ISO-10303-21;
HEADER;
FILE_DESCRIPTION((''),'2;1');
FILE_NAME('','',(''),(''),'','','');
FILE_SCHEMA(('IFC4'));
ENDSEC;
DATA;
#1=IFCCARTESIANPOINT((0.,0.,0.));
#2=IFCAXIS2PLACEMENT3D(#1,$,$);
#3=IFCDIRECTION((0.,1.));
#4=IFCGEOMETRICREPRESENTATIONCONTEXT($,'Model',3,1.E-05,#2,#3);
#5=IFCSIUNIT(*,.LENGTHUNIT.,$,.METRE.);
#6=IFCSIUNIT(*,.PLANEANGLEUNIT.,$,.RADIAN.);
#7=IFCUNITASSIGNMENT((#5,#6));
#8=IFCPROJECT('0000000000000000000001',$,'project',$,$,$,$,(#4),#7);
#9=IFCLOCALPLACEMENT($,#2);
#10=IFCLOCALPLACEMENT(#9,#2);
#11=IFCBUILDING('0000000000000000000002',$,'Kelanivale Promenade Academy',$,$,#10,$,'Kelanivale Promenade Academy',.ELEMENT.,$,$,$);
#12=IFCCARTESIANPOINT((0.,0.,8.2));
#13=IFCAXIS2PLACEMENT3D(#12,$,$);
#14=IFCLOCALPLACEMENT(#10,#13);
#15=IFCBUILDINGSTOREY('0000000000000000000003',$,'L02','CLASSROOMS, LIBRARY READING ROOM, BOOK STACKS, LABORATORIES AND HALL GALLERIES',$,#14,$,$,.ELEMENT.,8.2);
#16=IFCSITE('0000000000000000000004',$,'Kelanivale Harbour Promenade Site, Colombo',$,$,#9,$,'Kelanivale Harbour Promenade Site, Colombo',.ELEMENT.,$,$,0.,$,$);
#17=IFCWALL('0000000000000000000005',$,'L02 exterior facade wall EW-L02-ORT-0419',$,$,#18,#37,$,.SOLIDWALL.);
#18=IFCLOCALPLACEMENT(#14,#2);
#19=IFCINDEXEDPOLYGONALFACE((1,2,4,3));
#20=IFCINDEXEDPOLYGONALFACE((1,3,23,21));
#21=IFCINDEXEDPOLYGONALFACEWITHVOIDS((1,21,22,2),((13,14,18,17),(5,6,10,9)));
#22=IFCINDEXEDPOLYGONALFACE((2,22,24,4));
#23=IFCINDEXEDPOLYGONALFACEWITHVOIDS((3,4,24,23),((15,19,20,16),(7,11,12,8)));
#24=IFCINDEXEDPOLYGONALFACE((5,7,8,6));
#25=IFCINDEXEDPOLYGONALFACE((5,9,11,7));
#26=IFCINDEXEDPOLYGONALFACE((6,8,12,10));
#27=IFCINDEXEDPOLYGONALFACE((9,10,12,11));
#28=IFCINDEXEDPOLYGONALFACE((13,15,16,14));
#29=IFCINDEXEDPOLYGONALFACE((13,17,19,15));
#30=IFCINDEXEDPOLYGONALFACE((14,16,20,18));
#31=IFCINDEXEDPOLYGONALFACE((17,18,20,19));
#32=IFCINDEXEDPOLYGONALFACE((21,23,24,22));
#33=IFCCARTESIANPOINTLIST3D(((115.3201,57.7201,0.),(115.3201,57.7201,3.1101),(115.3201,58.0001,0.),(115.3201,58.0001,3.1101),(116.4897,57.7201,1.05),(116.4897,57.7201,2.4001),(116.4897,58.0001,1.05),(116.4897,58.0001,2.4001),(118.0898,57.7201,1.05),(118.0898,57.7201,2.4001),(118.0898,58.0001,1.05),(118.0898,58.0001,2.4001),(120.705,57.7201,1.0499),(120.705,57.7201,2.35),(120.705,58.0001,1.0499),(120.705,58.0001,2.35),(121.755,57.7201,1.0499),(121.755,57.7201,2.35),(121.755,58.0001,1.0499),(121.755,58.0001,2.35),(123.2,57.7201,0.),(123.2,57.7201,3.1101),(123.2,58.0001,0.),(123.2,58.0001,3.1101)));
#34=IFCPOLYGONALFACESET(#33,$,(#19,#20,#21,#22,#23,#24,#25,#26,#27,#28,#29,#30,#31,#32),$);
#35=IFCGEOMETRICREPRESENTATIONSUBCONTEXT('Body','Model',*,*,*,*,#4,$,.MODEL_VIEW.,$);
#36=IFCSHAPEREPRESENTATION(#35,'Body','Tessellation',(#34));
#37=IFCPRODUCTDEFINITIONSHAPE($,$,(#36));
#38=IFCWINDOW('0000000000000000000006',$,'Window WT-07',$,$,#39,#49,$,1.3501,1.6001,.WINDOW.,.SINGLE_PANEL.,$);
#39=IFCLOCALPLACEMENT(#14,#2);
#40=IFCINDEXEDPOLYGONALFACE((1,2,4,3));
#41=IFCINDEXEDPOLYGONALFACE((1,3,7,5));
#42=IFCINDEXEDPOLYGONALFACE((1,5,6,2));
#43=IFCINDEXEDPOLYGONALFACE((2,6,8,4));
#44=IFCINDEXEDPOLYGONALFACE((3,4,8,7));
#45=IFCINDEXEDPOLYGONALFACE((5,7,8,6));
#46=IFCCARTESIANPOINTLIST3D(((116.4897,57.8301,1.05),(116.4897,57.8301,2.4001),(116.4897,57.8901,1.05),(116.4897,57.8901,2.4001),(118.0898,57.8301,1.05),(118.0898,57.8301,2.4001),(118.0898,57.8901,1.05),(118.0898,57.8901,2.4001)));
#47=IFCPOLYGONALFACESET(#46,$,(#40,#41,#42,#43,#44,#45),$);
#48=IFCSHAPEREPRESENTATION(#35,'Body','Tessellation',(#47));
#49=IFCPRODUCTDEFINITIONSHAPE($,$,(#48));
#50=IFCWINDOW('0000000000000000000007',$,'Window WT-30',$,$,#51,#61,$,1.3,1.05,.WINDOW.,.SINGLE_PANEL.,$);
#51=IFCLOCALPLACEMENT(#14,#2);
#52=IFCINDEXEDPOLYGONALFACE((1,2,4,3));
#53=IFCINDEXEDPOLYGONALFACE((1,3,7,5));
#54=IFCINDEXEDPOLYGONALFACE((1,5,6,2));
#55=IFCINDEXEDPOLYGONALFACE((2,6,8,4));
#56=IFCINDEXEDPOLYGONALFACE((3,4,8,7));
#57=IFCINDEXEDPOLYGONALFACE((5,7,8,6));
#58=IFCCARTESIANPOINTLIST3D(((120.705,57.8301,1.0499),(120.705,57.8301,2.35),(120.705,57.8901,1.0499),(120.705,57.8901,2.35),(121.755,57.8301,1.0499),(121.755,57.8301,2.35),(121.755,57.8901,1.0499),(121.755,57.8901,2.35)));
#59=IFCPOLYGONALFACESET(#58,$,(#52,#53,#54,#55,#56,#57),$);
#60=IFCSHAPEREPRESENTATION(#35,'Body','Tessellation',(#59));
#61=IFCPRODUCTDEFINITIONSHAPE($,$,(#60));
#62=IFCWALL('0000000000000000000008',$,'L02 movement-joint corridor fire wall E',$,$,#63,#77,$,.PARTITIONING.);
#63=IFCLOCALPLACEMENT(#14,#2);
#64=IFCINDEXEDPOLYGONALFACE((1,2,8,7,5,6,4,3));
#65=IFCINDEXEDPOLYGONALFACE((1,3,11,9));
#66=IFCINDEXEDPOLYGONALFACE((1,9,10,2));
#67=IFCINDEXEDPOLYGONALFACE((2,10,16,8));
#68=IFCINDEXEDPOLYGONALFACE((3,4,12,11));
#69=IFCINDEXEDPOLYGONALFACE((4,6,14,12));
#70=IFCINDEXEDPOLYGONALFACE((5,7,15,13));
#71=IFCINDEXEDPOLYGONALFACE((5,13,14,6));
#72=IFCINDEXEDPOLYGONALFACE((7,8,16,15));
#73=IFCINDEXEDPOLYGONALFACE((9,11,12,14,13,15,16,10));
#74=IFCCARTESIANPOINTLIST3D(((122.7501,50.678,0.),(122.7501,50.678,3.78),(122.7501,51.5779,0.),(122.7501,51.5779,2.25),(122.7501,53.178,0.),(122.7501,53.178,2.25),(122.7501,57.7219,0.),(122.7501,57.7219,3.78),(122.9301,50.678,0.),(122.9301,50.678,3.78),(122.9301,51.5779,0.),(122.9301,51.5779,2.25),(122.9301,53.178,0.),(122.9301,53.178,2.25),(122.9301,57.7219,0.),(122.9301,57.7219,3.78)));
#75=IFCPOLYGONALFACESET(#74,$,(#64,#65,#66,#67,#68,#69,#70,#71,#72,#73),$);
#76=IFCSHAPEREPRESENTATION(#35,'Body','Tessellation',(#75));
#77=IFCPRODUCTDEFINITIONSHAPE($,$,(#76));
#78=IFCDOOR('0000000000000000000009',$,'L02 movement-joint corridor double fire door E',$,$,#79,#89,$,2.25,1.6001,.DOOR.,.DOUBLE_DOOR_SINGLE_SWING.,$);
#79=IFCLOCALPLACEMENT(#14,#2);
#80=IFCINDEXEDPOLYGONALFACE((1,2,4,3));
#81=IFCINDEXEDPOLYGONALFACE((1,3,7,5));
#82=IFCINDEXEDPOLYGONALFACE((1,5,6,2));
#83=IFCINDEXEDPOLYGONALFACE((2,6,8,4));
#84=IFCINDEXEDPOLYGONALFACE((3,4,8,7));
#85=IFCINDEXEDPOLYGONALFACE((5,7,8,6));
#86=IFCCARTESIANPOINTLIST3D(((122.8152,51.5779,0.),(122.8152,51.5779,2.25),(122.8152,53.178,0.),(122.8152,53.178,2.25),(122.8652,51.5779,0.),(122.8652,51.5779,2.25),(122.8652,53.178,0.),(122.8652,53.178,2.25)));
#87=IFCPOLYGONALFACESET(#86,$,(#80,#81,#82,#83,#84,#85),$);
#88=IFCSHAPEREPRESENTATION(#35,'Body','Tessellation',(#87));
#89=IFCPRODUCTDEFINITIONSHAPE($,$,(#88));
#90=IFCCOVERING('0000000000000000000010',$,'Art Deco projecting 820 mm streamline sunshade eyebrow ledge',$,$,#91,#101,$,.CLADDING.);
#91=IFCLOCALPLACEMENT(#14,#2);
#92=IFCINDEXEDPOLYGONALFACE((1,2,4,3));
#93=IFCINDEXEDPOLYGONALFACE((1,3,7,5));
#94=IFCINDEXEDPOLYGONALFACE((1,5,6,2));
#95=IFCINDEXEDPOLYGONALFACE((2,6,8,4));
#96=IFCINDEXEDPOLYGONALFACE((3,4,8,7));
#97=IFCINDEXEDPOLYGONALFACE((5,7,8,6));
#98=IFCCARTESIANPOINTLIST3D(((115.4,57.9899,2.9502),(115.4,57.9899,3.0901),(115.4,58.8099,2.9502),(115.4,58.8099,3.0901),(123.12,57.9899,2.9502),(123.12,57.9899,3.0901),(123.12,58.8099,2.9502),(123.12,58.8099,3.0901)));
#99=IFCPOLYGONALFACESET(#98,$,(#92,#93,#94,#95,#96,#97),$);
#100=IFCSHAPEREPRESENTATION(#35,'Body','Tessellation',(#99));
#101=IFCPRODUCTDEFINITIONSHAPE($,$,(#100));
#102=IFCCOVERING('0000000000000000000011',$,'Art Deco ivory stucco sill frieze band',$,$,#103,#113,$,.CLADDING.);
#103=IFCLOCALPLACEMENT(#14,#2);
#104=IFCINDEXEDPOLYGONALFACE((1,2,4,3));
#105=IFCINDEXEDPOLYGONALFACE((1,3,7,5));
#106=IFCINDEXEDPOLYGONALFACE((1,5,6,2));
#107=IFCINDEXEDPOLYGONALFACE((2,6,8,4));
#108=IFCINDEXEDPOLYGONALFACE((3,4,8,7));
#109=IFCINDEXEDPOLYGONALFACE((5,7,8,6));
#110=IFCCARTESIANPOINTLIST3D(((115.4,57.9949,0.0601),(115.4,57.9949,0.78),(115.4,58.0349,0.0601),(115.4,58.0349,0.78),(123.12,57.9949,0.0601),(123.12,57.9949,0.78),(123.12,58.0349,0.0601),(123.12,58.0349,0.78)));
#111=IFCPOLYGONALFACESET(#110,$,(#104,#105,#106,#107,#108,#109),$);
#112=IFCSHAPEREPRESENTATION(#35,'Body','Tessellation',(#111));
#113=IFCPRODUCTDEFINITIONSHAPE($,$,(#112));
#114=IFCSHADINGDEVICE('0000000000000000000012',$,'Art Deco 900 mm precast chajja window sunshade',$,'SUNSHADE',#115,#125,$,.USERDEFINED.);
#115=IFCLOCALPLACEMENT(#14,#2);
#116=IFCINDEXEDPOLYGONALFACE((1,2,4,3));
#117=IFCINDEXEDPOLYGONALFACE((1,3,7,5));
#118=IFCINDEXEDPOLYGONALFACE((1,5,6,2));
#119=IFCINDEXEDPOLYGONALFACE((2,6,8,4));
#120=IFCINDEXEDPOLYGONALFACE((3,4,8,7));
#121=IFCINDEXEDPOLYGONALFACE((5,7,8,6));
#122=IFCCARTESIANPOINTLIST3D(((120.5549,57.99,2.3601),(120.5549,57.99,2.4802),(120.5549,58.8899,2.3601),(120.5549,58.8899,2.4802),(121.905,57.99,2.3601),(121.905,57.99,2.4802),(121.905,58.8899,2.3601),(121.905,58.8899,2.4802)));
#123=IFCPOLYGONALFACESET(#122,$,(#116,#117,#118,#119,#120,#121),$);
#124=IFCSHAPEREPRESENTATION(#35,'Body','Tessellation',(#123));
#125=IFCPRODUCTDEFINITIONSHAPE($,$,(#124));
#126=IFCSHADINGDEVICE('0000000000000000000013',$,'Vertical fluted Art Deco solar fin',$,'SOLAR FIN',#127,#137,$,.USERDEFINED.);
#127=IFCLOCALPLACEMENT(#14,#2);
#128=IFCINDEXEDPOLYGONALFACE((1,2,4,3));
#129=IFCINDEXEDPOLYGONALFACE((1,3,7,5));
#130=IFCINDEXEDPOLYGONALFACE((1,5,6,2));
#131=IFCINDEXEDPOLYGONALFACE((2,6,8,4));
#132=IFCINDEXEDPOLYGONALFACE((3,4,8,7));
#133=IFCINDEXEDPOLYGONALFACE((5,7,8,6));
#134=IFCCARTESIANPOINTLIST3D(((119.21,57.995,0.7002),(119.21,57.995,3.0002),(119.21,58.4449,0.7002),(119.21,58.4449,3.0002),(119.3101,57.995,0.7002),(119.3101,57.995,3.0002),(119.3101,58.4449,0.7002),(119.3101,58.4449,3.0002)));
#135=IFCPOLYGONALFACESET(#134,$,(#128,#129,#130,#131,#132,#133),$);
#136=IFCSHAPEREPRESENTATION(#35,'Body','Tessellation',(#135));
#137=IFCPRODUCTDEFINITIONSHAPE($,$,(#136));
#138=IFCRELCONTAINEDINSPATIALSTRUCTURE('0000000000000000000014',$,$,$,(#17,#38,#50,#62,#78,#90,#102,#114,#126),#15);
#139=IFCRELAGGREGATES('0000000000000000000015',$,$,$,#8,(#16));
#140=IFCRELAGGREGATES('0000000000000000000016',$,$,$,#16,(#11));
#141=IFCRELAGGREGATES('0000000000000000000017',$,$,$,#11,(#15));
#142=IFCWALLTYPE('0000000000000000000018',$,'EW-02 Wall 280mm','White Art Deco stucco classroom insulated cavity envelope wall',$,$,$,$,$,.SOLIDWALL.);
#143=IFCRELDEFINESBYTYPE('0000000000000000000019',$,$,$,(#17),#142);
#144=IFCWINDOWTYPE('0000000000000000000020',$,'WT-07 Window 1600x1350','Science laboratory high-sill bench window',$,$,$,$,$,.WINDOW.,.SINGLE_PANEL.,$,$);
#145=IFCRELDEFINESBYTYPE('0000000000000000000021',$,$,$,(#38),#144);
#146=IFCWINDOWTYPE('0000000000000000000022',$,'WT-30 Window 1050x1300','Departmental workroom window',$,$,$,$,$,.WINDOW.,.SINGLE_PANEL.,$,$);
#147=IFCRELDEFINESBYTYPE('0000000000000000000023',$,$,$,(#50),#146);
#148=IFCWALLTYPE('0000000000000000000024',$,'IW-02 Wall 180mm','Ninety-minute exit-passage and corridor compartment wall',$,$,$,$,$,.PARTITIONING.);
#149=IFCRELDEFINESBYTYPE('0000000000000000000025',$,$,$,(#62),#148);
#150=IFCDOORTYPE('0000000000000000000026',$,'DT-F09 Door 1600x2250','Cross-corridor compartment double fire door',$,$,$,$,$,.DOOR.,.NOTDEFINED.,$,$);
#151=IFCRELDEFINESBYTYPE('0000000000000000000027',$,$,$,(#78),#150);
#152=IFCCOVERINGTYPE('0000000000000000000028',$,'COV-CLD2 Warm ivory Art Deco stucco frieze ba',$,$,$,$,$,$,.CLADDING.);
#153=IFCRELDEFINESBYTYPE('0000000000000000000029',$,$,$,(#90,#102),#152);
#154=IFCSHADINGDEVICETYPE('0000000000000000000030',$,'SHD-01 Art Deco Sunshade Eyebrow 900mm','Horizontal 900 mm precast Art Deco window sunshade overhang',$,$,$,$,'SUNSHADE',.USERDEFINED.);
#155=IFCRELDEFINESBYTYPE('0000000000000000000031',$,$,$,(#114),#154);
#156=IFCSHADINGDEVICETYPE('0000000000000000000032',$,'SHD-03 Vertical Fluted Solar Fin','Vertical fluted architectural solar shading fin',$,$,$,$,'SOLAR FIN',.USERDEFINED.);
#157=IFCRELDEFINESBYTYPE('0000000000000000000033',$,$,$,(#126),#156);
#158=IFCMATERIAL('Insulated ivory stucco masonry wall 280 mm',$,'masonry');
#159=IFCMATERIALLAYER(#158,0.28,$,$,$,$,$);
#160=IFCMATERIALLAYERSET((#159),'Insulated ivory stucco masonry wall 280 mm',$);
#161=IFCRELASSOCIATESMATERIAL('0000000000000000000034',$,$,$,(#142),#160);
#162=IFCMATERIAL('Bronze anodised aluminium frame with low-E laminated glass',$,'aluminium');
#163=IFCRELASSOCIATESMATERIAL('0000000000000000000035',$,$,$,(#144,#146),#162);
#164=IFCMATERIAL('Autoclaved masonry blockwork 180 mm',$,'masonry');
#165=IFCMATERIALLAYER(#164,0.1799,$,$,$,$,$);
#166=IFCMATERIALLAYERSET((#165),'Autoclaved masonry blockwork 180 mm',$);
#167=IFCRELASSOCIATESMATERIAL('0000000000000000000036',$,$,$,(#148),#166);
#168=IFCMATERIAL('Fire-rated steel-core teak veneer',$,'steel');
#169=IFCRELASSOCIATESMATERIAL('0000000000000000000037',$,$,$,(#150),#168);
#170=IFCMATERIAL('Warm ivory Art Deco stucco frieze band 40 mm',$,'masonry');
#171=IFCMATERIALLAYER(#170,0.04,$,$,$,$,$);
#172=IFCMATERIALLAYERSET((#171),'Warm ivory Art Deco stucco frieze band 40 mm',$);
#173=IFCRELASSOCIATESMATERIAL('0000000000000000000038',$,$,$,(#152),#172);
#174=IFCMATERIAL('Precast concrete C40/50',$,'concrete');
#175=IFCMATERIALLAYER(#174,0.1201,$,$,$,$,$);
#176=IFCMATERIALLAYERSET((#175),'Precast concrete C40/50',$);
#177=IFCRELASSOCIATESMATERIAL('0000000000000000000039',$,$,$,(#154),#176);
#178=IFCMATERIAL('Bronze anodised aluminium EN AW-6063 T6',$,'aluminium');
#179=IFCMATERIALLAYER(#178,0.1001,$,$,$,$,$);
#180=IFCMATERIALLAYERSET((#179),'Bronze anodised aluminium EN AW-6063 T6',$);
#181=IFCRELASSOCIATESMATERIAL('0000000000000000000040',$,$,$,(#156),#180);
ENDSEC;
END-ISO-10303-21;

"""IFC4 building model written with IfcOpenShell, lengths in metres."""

from ifc_helpers import new_model, si_unit, direction, frame, frame_2d, origin, origin_2d, place, context, subcontext, project, spatial, rectangle, extrude, material, layer, layer_set, type_object, element, fill, save


model = new_model("IFC4")

# Units and contexts
model_context = context("Model", 3, precision=1e-05, world=origin(), true_north=direction((0.0, 1.0)))
body_context = subcontext(model_context, "Body", "Model", "MODEL_VIEW")
ifc_project = project(units=[si_unit("LENGTHUNIT", "METRE"), si_unit("PLANEANGLEUNIT", "RADIAN")], contexts=[model_context])

# Site, building, storey
site_placement = place(None, origin())
site = spatial("IfcSite", under=ifc_project, at=site_placement, Name="Kelanivale Harbour Promenade Site, Colombo", LongName="Kelanivale Harbour Promenade Site, Colombo", CompositionType="ELEMENT", RefElevation=0.0)
building_placement = place(site_placement, origin())
building = spatial("IfcBuilding", under=site, at=building_placement, Name="Kelanivale Promenade Academy", LongName="Kelanivale Promenade Academy", CompositionType="ELEMENT")
storey_placement = place(building_placement, frame((0.0, 0.0, 8.2)))
storey = spatial("IfcBuildingStorey", under=building, at=storey_placement, Name="L02", Description="CLASSROOMS, LIBRARY READING ROOM, BOOK STACKS, LABORATORIES AND HALL GALLERIES", CompositionType="ELEMENT", Elevation=8.2)

# Wall, openings, windows
ifc_material_1 = material(Name="Insulated ivory stucco masonry wall 280 mm", Category="masonry")
ifc_layer_1 = layer(ifc_material_1, 0.28)
ifc_layer_set_1 = layer_set([ifc_layer_1], Name="Insulated ivory stucco masonry wall 280 mm")
wall_type_1 = type_object("IfcWallType", Name="EW-02 Wall 280mm", Description="White Art Deco stucco classroom insulated cavity envelope wall", PredefinedType="SOLIDWALL", material=ifc_layer_set_1)
wall_1_placement = place(storey_placement, frame((123.2, 57.8601, 0.0), z_axis=(0.0, 0.0, 1.0), x_axis=(-1.0, 0.0, 0.0)))
wall_1 = element("IfcWall", 1, at=wall_1_placement, inside=storey, type_object=wall_type_1, Name="L02 exterior facade wall EW-L02-ORT-0419", PredefinedType="SOLIDWALL", context=body_context, shape_type="SweptSolid", body=[
    extrude(rectangle(XDim=7.8799, YDim=0.28, at=frame_2d((3.9399, 0.0))), origin(), (0.0, 0.0, 1.0), 3.1101),
])
opening_1_placement = place(wall_1_placement, frame((1.4451, 0.0, 1.05)))
opening_1 = element("IfcOpeningElement", 2, at=opening_1_placement, cuts=wall_1, PredefinedType="OPENING", context=body_context, shape_type="SweptSolid", body=[
    extrude(rectangle(XDim=1.05, YDim=1.3, at=frame_2d((0.5249, 0.6499))), frame((0.0, 0.1499, 0.0), z_axis=(0.0, -1.0, 0.0), x_axis=(1.0, 0.0, 0.0)), (0.0, 0.0, 1.0), 0.3),
])
opening_2_placement = place(wall_1_placement, frame((5.1101, 0.0, 1.05)))
opening_2 = element("IfcOpeningElement", 3, at=opening_2_placement, cuts=wall_1, PredefinedType="OPENING", context=body_context, shape_type="SweptSolid", body=[
    extrude(rectangle(XDim=1.6001, YDim=1.3501, at=frame_2d((0.8, 0.675))), frame((0.0, 0.1499, 0.0), z_axis=(0.0, -1.0, 0.0), x_axis=(1.0, 0.0, 0.0)), (0.0, 0.0, 1.0), 0.3),
])
ifc_material_2 = material(Name="Bronze anodised aluminium frame with low-E laminated glass", Category="aluminium")
window_type_1 = type_object("IfcWindowType", Name="WT-07 Window 1600x1350", Description="Science laboratory high-sill bench window", PartitioningType="SINGLE_PANEL", PredefinedType="WINDOW", material=ifc_material_2)
window_1_placement = place(opening_2_placement, origin())
window_1 = element("IfcWindow", 4, at=window_1_placement, inside=storey, type_object=window_type_1, Name="Window WT-07", OverallHeight=1.3501, OverallWidth=1.6001, PartitioningType="SINGLE_PANEL", PredefinedType="WINDOW", context=body_context, shape_type="SweptSolid", body=[
    extrude(rectangle(XDim=1.6001, YDim=1.3501, at=frame_2d((0.8, 0.675))), frame((0.0, 0.03, 0.0), z_axis=(0.0, -1.0, 0.0), x_axis=(1.0, 0.0, 0.0)), (0.0, 0.0, 1.0), 0.0601),
])
fill(opening_2, window_1)
window_type_2 = type_object("IfcWindowType", Name="WT-30 Window 1050x1300", Description="Departmental workroom window", PartitioningType="SINGLE_PANEL", PredefinedType="WINDOW", material=ifc_material_2)
window_2_placement = place(opening_1_placement, origin())
window_2 = element("IfcWindow", 5, at=window_2_placement, inside=storey, type_object=window_type_2, Name="Window WT-30", OverallHeight=1.3, OverallWidth=1.05, PartitioningType="SINGLE_PANEL", PredefinedType="WINDOW", context=body_context, shape_type="SweptSolid", body=[
    extrude(rectangle(XDim=1.05, YDim=1.3, at=frame_2d((0.5249, 0.6499))), frame((0.0, 0.03, 0.0), z_axis=(0.0, -1.0, 0.0), x_axis=(1.0, 0.0, 0.0)), (0.0, 0.0, 1.0), 0.0601),
])
fill(opening_1, window_2)

# Wall, opening, door
ifc_material_3 = material(Name="Autoclaved masonry blockwork 180 mm", Category="masonry")
ifc_layer_2 = layer(ifc_material_3, 0.1799)
ifc_layer_set_2 = layer_set([ifc_layer_2], Name="Autoclaved masonry blockwork 180 mm")
wall_type_2 = type_object("IfcWallType", Name="IW-02 Wall 180mm", Description="Ninety-minute exit-passage and corridor compartment wall", PredefinedType="PARTITIONING", material=ifc_layer_set_2)
wall_2_placement = place(storey_placement, frame((122.8401, 50.678, 0.0), z_axis=(0.0, 0.0, 1.0), x_axis=(0.0, 1.0, 0.0)))
wall_2 = element("IfcWall", 6, at=wall_2_placement, inside=storey, type_object=wall_type_2, Name="L02 movement-joint corridor fire wall E", PredefinedType="PARTITIONING", context=body_context, shape_type="SweptSolid", body=[
    extrude(rectangle(XDim=7.0439, YDim=0.1799, at=frame_2d((3.522, 0.0))), origin(), (0.0, 0.0, 1.0), 3.78),
])
opening_3_placement = place(wall_2_placement, frame((0.8999, 0.0, 0.0)))
opening_3 = element("IfcOpeningElement", 7, at=opening_3_placement, cuts=wall_2, PredefinedType="OPENING", context=body_context, shape_type="SweptSolid", body=[
    extrude(rectangle(XDim=1.6001, YDim=2.25, at=frame_2d((0.8, 1.125))), frame((0.0, 0.1001, 0.0), z_axis=(0.0, -1.0, 0.0), x_axis=(1.0, 0.0, 0.0)), (0.0, 0.0, 1.0), 0.2),
])
ifc_material_4 = material(Name="Fire-rated steel-core teak veneer", Category="steel")
door_type = type_object("IfcDoorType", Name="DT-F09 Door 1600x2250", Description="Cross-corridor compartment double fire door", OperationType="NOTDEFINED", PredefinedType="DOOR", material=ifc_material_4)
door_placement = place(opening_3_placement, origin())
door = element("IfcDoor", 8, at=door_placement, inside=storey, type_object=door_type, Name="L02 movement-joint corridor double fire door E", OperationType="DOUBLE_DOOR_SINGLE_SWING", OverallHeight=2.25, OverallWidth=1.6001, PredefinedType="DOOR", context=body_context, shape_type="SweptSolid", body=[
    extrude(rectangle(XDim=1.6001, YDim=2.25, at=frame_2d((0.8, 1.125))), frame((0.0, 0.0249, 0.0), z_axis=(0.0, -1.0, 0.0), x_axis=(1.0, 0.0, 0.0)), (0.0, 0.0, 1.0), 0.05),
])
fill(opening_3, door)

# Coverings
ifc_material_5 = material(Name="Warm ivory Art Deco stucco frieze band 40 mm", Category="masonry")
ifc_layer_3 = layer(ifc_material_5, 0.04)
ifc_layer_set_3 = layer_set([ifc_layer_3], Name="Warm ivory Art Deco stucco frieze band 40 mm")
covering_type = type_object("IfcCoveringType", Name="COV-CLD2 Warm ivory Art Deco stucco frieze ba", PredefinedType="CLADDING", material=ifc_layer_set_3)
covering_1_placement = place(storey_placement, frame((119.26, 58.3999, 2.9502), z_axis=(0.0, 0.0, 1.0), x_axis=(-1.0, 0.0, 0.0)))
element("IfcCovering", 9, at=covering_1_placement, inside=storey, type_object=covering_type, Name="Art Deco projecting 820 mm streamline sunshade eyebrow ledge", PredefinedType="CLADDING", context=body_context, shape_type="SweptSolid", body=[
    extrude(rectangle(XDim=7.72, YDim=0.8201, at=origin_2d()), origin(), (0.0, 0.0, 1.0), 0.1399),
])
covering_2_placement = place(storey_placement, frame((119.26, 58.0149, 0.0601), z_axis=(0.0, 0.0, 1.0), x_axis=(-1.0, 0.0, 0.0)))
element("IfcCovering", 10, at=covering_2_placement, inside=storey, type_object=covering_type, Name="Art Deco ivory stucco sill frieze band", PredefinedType="CLADDING", context=body_context, shape_type="SweptSolid", body=[
    extrude(rectangle(XDim=7.72, YDim=0.04, at=origin_2d()), origin(), (0.0, 0.0, 1.0), 0.72),
])

# Shading devices
ifc_material_6 = material(Name="Precast concrete C40/50", Category="concrete")
ifc_layer_4 = layer(ifc_material_6, 0.1201)
ifc_layer_set_4 = layer_set([ifc_layer_4], Name="Precast concrete C40/50")
shading_device_type_1 = type_object("IfcShadingDeviceType", Name="SHD-01 Art Deco Sunshade Eyebrow 900mm", Description="Horizontal 900 mm precast Art Deco window sunshade overhang", ElementType="SUNSHADE", PredefinedType="USERDEFINED", material=ifc_layer_set_4)
shading_device_1_placement = place(storey_placement, frame((121.23, 58.4399, 2.3601), z_axis=(0.0, 0.0, 1.0), x_axis=(-1.0, 0.0, 0.0)))
element("IfcShadingDevice", 11, at=shading_device_1_placement, inside=storey, type_object=shading_device_type_1, Name="Art Deco 900 mm precast chajja window sunshade", ObjectType="SUNSHADE", PredefinedType="USERDEFINED", context=body_context, shape_type="SweptSolid", body=[
    extrude(rectangle(XDim=1.3501, YDim=0.8999, at=origin_2d()), origin(), (0.0, 0.0, 1.0), 0.1201),
])
ifc_material_7 = material(Name="Bronze anodised aluminium EN AW-6063 T6", Category="aluminium")
ifc_layer_5 = layer(ifc_material_7, 0.1001)
ifc_layer_set_5 = layer_set([ifc_layer_5], Name="Bronze anodised aluminium EN AW-6063 T6")
shading_device_type_2 = type_object("IfcShadingDeviceType", Name="SHD-03 Vertical Fluted Solar Fin", Description="Vertical fluted architectural solar shading fin", ElementType="SOLAR FIN", PredefinedType="USERDEFINED", material=ifc_layer_set_5)
shading_device_2_placement = place(storey_placement, frame((119.26, 58.22, 0.7002), z_axis=(0.0, 0.0, 1.0), x_axis=(-1.0, 0.0, 0.0)))
element("IfcShadingDevice", 12, at=shading_device_2_placement, inside=storey, type_object=shading_device_type_2, Name="Vertical fluted Art Deco solar fin", ObjectType="SOLAR FIN", PredefinedType="USERDEFINED", context=body_context, shape_type="SweptSolid", body=[
    extrude(rectangle(XDim=0.1001, YDim=0.45, at=origin_2d()), origin(), (0.0, 0.0, 1.0), 2.3),
])

save(model, "model.ifc")
